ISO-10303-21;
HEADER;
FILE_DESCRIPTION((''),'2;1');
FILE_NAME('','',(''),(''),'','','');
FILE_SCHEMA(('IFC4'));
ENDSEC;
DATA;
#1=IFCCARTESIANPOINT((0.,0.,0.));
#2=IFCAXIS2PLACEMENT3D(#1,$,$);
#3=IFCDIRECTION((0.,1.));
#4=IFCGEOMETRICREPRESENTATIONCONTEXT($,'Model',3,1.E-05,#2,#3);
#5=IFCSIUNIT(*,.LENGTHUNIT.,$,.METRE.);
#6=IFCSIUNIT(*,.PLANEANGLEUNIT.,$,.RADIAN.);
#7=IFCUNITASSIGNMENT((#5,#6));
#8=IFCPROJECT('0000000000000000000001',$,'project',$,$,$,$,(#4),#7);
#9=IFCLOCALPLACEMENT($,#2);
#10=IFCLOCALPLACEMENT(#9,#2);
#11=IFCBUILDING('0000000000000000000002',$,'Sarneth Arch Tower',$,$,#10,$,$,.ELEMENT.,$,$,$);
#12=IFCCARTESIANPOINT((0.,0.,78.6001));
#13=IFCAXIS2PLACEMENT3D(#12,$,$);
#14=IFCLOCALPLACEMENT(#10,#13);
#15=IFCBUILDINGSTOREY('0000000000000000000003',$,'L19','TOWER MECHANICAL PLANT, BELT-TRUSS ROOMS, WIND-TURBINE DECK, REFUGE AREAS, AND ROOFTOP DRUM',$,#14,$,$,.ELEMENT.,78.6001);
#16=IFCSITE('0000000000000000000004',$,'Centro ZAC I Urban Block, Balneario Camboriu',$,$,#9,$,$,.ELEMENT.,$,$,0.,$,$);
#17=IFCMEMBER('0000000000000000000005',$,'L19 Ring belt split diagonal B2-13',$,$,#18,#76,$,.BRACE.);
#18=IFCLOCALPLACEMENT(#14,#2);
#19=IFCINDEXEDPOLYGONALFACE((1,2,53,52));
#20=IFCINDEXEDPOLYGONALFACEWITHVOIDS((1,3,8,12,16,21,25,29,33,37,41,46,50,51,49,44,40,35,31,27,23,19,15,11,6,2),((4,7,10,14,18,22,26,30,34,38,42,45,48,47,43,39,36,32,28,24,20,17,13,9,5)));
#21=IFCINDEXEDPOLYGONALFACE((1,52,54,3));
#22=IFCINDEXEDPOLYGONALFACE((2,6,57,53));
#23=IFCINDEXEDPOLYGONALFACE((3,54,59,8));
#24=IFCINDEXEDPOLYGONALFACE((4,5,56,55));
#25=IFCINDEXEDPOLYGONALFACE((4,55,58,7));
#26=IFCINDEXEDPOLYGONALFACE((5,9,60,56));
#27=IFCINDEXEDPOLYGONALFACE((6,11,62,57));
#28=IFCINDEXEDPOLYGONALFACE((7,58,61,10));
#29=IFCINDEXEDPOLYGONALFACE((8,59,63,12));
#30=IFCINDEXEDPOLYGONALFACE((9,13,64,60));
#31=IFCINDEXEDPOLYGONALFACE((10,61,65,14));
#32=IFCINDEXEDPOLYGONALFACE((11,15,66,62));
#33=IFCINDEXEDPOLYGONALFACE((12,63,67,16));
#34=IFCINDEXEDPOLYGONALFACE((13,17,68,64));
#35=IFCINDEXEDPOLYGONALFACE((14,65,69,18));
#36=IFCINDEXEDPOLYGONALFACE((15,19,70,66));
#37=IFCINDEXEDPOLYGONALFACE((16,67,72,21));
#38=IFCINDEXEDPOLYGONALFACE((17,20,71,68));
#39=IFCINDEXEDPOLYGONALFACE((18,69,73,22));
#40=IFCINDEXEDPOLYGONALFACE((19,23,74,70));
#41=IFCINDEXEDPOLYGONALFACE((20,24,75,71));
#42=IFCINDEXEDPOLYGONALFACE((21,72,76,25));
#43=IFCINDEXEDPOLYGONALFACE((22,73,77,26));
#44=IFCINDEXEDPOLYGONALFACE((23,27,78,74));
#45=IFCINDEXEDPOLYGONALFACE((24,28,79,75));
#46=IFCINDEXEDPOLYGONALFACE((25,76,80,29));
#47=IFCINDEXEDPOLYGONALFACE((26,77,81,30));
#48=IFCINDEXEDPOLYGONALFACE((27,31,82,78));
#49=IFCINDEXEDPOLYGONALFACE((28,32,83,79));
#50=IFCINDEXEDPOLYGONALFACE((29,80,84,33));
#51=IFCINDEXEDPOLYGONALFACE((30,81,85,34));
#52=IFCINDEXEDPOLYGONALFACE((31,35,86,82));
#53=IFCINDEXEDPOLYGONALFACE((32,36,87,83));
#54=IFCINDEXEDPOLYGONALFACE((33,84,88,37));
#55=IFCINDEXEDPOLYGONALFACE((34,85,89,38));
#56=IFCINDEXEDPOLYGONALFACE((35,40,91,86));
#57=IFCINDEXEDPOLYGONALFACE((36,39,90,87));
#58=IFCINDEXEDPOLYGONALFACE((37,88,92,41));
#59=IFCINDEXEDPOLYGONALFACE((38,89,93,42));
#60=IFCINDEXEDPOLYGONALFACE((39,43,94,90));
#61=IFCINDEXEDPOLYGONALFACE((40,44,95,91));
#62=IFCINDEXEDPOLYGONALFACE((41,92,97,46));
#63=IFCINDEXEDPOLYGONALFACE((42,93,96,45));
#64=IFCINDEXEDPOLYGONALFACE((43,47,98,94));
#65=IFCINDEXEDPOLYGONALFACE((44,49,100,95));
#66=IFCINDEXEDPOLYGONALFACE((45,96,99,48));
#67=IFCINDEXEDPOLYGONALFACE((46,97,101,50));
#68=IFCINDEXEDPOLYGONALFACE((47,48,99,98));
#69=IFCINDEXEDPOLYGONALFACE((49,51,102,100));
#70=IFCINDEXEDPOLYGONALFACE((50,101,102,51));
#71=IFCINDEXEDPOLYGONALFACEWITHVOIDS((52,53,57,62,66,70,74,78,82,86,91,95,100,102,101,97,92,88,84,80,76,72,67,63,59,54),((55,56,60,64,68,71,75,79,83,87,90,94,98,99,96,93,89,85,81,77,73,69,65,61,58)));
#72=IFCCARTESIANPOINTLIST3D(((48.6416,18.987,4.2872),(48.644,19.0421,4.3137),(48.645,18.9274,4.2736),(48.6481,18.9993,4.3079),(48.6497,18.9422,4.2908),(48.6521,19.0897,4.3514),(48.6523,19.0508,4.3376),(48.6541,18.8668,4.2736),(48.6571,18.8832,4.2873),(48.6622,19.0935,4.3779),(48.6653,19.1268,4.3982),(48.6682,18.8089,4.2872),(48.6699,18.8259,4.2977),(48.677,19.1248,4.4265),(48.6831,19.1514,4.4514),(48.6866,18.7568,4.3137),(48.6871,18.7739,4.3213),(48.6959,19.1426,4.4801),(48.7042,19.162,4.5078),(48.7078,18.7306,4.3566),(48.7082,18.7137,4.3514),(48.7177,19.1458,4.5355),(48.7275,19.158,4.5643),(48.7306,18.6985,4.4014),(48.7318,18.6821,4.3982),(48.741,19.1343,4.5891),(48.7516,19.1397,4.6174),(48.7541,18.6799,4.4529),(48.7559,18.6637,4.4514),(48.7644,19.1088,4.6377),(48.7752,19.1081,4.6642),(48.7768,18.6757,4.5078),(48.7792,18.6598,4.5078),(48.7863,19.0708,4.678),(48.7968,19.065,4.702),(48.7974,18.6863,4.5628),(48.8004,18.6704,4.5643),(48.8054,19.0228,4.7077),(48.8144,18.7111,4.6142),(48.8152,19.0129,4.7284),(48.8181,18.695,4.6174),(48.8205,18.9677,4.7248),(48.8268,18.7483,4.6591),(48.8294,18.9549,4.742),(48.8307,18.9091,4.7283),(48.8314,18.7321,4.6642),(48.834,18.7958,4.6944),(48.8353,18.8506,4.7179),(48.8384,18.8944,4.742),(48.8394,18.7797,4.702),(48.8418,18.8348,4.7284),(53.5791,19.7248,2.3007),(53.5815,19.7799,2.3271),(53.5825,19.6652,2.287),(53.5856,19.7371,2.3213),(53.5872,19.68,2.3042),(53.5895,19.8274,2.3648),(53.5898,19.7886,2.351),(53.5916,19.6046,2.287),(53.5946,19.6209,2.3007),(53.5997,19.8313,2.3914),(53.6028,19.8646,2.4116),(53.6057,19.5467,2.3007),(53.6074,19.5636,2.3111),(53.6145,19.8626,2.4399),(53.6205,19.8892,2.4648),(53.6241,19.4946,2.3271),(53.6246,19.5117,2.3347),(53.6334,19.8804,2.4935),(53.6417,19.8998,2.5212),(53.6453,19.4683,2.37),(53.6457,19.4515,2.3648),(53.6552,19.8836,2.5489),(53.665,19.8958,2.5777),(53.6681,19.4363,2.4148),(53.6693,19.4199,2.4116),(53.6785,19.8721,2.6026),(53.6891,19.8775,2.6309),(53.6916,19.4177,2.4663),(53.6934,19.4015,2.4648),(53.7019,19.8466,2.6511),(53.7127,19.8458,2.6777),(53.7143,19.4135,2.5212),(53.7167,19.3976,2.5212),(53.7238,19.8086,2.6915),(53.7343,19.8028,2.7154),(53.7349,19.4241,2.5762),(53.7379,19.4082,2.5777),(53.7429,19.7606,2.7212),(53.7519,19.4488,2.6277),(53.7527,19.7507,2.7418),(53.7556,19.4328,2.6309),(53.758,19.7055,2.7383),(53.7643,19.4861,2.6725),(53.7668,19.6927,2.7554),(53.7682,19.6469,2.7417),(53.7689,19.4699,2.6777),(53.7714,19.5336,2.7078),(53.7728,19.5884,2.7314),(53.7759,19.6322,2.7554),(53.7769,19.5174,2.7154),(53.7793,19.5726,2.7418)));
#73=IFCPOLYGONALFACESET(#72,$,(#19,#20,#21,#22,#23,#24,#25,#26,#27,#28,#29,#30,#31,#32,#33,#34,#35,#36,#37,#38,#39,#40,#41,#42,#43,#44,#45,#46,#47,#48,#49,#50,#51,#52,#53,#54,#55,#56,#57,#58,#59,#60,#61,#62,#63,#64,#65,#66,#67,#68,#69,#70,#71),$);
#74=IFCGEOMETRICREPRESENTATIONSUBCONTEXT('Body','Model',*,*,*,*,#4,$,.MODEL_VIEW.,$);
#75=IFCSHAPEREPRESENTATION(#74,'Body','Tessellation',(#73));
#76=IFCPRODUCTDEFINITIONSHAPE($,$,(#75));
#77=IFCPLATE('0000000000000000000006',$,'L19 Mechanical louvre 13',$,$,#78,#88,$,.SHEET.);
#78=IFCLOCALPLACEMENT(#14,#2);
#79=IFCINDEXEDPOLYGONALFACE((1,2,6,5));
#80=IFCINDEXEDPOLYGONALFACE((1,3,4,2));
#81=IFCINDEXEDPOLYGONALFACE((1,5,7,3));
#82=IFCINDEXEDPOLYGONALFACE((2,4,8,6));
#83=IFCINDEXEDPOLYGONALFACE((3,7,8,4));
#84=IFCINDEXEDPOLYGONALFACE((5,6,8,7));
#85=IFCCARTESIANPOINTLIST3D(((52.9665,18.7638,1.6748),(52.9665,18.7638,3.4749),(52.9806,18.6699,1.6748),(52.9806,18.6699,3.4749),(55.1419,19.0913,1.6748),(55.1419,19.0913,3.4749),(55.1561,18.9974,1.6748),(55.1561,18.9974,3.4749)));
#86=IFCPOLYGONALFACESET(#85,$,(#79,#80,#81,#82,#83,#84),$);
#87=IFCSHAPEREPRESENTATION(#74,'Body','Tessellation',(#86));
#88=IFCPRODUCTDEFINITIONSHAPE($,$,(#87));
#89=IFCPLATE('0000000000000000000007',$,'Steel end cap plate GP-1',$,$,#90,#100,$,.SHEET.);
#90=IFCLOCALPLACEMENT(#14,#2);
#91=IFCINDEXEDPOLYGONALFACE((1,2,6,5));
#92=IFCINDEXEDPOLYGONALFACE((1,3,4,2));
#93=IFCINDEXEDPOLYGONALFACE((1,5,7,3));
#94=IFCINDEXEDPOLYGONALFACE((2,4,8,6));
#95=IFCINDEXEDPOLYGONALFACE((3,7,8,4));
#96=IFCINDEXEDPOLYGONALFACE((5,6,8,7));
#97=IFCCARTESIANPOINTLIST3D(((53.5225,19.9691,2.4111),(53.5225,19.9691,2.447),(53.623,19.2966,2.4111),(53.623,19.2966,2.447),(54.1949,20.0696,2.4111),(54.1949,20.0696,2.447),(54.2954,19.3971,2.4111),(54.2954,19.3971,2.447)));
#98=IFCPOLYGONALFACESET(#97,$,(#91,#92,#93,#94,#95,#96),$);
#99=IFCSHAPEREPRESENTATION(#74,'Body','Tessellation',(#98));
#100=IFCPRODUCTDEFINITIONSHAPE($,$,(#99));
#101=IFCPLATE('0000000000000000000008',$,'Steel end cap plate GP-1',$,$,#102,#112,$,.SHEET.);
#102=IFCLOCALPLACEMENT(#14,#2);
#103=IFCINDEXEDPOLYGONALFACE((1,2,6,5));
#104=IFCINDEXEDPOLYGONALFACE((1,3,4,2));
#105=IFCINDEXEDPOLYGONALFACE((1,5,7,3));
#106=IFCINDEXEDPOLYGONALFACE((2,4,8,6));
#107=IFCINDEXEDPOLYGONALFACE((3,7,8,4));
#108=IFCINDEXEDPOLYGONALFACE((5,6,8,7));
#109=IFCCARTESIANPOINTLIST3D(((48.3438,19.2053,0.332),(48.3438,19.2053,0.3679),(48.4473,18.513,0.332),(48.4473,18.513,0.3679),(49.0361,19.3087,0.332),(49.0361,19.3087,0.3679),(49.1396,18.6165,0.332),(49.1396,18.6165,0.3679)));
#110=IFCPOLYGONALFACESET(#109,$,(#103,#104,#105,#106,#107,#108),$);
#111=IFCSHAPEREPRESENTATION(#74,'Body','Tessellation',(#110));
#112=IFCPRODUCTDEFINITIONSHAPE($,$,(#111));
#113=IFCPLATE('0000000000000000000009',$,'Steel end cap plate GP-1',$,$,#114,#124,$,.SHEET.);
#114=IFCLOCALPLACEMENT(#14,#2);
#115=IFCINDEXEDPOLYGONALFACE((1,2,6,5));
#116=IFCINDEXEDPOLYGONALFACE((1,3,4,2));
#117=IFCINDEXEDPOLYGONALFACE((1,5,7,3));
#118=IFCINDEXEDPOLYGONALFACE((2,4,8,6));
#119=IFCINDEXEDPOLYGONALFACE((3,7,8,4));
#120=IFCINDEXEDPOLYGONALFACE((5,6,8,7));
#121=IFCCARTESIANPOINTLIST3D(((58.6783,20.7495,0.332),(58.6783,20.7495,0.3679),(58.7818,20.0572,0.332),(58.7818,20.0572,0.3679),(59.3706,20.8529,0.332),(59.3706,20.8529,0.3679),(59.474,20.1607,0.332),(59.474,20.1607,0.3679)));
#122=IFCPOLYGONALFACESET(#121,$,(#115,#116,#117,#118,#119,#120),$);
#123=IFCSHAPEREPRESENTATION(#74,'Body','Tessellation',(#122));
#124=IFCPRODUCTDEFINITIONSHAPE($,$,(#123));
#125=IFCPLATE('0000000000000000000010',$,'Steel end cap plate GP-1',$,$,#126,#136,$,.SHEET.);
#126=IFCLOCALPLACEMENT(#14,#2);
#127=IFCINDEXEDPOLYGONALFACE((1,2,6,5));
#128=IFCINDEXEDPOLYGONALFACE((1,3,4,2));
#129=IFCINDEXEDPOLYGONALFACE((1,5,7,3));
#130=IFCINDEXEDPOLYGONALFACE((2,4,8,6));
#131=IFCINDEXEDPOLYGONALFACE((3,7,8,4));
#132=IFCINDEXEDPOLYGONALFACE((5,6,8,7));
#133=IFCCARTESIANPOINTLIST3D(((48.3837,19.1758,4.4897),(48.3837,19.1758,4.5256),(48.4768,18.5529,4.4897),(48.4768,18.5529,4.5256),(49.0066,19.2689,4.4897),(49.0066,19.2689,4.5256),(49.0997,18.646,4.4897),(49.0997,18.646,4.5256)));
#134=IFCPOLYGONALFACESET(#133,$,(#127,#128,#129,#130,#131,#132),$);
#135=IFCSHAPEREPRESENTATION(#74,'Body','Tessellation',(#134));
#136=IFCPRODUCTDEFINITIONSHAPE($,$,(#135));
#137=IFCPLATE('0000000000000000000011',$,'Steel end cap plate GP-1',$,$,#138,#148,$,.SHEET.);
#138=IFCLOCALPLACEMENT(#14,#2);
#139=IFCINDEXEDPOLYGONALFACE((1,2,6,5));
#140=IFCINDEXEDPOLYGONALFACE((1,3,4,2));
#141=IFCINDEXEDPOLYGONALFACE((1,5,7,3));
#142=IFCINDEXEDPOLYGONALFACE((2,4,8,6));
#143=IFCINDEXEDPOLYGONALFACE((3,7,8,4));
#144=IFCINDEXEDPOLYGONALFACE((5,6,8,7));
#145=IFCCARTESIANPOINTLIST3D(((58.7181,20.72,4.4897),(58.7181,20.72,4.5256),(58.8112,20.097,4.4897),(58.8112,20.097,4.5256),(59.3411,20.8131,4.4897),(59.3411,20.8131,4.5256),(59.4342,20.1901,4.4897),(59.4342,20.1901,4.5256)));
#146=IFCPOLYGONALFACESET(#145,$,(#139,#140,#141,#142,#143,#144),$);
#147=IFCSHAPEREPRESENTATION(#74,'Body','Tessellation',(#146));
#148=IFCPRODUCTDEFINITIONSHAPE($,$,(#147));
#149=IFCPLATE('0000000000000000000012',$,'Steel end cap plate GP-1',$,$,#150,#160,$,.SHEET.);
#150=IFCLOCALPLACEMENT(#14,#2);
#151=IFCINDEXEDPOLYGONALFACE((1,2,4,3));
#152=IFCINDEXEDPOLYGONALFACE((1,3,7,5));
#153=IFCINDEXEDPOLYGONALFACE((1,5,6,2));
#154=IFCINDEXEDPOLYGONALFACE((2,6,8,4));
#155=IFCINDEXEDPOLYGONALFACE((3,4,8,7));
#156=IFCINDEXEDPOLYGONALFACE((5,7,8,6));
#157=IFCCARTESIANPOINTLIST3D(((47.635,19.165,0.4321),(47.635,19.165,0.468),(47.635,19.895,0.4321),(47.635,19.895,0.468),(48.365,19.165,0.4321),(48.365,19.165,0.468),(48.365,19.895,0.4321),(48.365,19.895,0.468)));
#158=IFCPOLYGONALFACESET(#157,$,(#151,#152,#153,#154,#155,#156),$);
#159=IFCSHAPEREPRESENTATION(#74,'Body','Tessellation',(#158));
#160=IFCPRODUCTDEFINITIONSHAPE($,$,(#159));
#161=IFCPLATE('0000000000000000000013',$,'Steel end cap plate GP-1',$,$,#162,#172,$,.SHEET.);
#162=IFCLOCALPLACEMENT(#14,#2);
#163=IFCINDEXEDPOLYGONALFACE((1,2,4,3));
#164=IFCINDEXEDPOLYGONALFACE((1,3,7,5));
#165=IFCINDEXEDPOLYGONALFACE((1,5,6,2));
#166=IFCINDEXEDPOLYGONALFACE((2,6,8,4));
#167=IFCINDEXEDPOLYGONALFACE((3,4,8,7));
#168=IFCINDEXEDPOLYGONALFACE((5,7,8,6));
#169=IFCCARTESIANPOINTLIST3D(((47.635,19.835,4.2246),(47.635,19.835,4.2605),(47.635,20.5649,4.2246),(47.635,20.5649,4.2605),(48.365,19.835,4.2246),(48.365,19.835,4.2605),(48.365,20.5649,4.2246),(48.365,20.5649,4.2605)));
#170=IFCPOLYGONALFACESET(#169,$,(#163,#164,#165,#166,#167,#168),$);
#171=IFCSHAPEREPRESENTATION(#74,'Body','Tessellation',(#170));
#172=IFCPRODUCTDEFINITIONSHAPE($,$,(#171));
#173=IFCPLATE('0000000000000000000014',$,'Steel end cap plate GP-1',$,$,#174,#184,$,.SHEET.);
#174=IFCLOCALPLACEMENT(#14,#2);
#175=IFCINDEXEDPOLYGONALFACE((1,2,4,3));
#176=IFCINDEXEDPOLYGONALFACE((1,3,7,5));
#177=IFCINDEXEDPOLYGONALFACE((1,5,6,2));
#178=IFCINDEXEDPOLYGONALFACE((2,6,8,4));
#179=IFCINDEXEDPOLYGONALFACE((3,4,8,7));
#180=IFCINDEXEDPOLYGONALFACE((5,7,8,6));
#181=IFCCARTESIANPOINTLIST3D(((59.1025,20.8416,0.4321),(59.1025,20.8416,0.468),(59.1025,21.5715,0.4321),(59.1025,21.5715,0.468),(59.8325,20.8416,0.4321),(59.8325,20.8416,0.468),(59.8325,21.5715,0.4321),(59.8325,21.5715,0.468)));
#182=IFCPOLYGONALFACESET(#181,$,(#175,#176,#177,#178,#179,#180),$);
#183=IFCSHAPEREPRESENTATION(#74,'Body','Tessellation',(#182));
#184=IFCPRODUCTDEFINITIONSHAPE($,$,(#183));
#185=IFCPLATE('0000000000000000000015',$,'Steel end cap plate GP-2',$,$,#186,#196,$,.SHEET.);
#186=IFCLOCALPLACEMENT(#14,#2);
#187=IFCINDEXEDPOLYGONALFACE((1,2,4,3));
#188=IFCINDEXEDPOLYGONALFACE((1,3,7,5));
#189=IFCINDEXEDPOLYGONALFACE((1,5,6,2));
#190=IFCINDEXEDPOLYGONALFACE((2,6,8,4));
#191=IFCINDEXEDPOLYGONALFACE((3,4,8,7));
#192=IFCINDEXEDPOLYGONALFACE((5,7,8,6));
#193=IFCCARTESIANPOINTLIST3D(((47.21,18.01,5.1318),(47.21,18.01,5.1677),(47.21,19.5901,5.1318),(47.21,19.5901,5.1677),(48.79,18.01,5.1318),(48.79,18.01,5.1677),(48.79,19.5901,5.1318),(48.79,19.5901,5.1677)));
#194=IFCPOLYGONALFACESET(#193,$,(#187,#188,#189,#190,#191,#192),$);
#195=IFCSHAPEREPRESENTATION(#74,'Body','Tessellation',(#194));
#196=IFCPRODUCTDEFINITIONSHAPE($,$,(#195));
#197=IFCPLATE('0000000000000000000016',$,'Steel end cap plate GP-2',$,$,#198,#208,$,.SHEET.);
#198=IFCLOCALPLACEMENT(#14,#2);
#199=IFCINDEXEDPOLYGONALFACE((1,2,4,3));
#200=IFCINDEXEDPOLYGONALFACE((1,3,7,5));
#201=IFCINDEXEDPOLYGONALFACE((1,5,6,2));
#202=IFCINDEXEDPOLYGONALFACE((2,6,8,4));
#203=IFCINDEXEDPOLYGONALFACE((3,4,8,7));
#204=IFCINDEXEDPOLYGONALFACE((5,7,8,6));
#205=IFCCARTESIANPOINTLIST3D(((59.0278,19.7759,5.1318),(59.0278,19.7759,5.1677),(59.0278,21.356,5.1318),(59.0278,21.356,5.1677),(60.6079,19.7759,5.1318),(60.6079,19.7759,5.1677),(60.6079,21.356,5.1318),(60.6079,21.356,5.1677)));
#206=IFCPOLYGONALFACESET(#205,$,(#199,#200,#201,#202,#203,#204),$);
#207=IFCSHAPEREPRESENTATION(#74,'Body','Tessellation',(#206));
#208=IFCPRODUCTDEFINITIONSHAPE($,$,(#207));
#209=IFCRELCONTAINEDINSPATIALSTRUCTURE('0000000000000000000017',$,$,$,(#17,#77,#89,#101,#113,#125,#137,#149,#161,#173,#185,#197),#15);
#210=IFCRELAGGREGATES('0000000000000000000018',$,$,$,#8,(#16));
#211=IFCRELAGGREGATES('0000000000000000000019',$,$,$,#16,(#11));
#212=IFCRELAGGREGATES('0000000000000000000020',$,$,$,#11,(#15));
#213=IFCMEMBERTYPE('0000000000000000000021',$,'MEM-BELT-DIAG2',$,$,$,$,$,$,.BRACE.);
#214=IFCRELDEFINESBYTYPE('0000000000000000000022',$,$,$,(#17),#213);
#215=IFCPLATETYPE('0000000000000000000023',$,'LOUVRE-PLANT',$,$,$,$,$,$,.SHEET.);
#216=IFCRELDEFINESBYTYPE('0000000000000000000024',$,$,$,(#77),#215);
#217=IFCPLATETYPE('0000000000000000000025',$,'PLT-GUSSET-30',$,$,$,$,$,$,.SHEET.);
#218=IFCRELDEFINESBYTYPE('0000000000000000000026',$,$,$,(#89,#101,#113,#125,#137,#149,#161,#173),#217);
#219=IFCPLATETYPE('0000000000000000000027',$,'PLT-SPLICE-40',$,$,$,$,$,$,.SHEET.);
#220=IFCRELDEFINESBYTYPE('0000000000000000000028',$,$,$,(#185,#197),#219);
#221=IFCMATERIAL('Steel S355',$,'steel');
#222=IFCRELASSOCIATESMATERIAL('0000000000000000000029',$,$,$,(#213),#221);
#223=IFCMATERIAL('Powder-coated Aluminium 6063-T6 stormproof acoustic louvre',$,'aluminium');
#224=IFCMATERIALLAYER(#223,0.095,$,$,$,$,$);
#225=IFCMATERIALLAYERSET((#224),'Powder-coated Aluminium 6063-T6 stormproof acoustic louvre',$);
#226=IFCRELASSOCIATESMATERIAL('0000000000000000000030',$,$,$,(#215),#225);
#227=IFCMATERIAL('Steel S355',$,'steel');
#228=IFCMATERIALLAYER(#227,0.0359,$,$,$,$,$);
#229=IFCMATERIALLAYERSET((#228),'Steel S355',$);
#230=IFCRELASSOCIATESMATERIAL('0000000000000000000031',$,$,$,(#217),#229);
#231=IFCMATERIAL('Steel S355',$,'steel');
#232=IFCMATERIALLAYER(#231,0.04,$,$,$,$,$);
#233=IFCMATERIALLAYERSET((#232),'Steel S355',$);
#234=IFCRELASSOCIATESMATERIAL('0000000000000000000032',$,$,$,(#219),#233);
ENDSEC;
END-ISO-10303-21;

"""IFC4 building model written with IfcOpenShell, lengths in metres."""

from ifc_helpers import new_model, si_unit, direction, frame, origin, origin_2d, place, context, subcontext, project, spatial, rectangle, hollow_circle, extrude, material, layer, layer_set, material_profile, profile_set, type_object, element, save


model = new_model("IFC4")

# Units and contexts
model_context = context("Model", 3, precision=1e-05, world=origin(), true_north=direction((0.0, 1.0)))
body_context = subcontext(model_context, "Body", "Model", "MODEL_VIEW")
ifc_project = project(units=[si_unit("LENGTHUNIT", "METRE"), si_unit("PLANEANGLEUNIT", "RADIAN")], contexts=[model_context])

# Site, building, storey
site_placement = place(None, origin())
site = spatial("IfcSite", under=ifc_project, at=site_placement, Name="Centro ZAC I Urban Block, Balneario Camboriu", CompositionType="ELEMENT", RefElevation=0.0)
building_placement = place(site_placement, origin())
building = spatial("IfcBuilding", under=site, at=building_placement, Name="Sarneth Arch Tower", CompositionType="ELEMENT")
storey_placement = place(building_placement, frame((0.0, 0.0, 78.6001)))
storey = spatial("IfcBuildingStorey", under=building, at=storey_placement, Name="L19", Description="TOWER MECHANICAL PLANT, BELT-TRUSS ROOMS, WIND-TURBINE DECK, REFUGE AREAS, AND ROOFTOP DRUM", CompositionType="ELEMENT", Elevation=78.6001)

# Member
ifc_material_1 = material(Name="Steel S355", Category="steel")
ifc_material_profile_1 = material_profile(ifc_material_1, hollow_circle(Radius=0.2539, WallThickness=0.0161, at=origin_2d()), Name="CHS508x16")
ifc_profile_set_1 = profile_set([ifc_material_profile_1], Name="Steel S355")
member_type_1 = type_object("IfcMemberType", Name="MEM-BELT-DIAG2", PredefinedType="BRACE", material=ifc_profile_set_1)
for number, where, z_axis, x_axis, name in (
    (1, (53.6792, 19.6487, 2.5212), (-0.918937, -0.137314, 0.369729), (0.147786, -0.989019, 0.0), "L19 Ring belt split diagonal B2-13"),
):
    element("IfcMember", number, at=place(storey_placement, frame(where, z_axis=z_axis, x_axis=x_axis)), inside=storey, type_object=member_type_1, Name=name, PredefinedType="BRACE", context=body_context, shape_type="SweptSolid", body=[
        extrude(hollow_circle(Radius=0.2539, WallThickness=0.0161, at=origin_2d()), origin(), (0.0, 0.0, 1.0), 5.373),
    ])

# Plates
ifc_material_2 = material(Name="Powder-coated Aluminium 6063-T6 stormproof acoustic louvre", Category="aluminium")
ifc_layer_1 = layer(ifc_material_2, 0.095)
ifc_layer_set_1 = layer_set([ifc_layer_1], Name="Powder-coated Aluminium 6063-T6 stormproof acoustic louvre")
plate_type_1 = type_object("IfcPlateType", Name="LOUVRE-PLANT", PredefinedType="SHEET", material=ifc_layer_set_1)
plate_1_placement = place(storey_placement, frame((54.0613, 18.8806, 1.6748), z_axis=(0.0, 0.0, 1.0), x_axis=(0.988861, 0.148845, 0.0)))
element("IfcPlate", 2, at=plate_1_placement, inside=storey, type_object=plate_type_1, Name="L19 Mechanical louvre 13", PredefinedType="SHEET", context=body_context, shape_type="SweptSolid", body=[
    extrude(rectangle(XDim=2.2, YDim=0.095, at=origin_2d()), origin(), (0.0, 0.0, 1.0), 1.8),
])
ifc_material_3 = material(Name="Steel S355", Category="steel")
ifc_layer_2 = layer(ifc_material_3, 0.0359)
ifc_layer_set_2 = layer_set([ifc_layer_2], Name="Steel S355")
plate_type_2 = type_object("IfcPlateType", Name="PLT-GUSSET-30", PredefinedType="SHEET", material=ifc_layer_set_2)
plate_2_placement = place(storey_placement, frame((53.9089, 19.6831, 2.4111), z_axis=(0.0, 0.0, 1.0), x_axis=(0.989016, 0.147809, 0.0)))
element("IfcPlate", 3, at=plate_2_placement, inside=storey, type_object=plate_type_2, Name="Steel end cap plate GP-1", PredefinedType="SHEET", context=body_context, shape_type="SweptSolid", body=[
    extrude(rectangle(XDim=0.6799, YDim=0.6799, at=origin_2d()), origin(), (0.0, 0.0, 1.0), 0.0359),
])
for number, where, z_axis, x_axis, name in (
    (4, (48.7417, 18.9109, 0.332), (0.0, 0.0, 1.0), (-0.989016, -0.147809, 0.0), "Steel end cap plate GP-1"),
    (5, (59.0762, 20.4551, 0.332), (0.0, 0.0, 1.0), (0.989016, 0.147809, 0.0), "Steel end cap plate GP-1"),
):
    element("IfcPlate", number, at=place(storey_placement, frame(where, z_axis=z_axis, x_axis=x_axis)), inside=storey, type_object=plate_type_2, Name=name, PredefinedType="SHEET", context=body_context, shape_type="SweptSolid", body=[
        extrude(rectangle(XDim=0.7, YDim=0.7, at=origin_2d()), origin(), (0.0, 0.0, 1.0), 0.0359),
    ])
for number, where, z_axis, x_axis, name in (
    (6, (48.7417, 18.9109, 4.4897), (0.0, 0.0, 1.0), (-0.989016, -0.147809, 0.0), "Steel end cap plate GP-1"),
    (7, (59.0762, 20.4551, 4.4897), (0.0, 0.0, 1.0), (0.989016, 0.147809, 0.0), "Steel end cap plate GP-1"),
):
    element("IfcPlate", number, at=place(storey_placement, frame(where, z_axis=z_axis, x_axis=x_axis)), inside=storey, type_object=plate_type_2, Name=name, PredefinedType="SHEET", context=body_context, shape_type="SweptSolid", body=[
        extrude(rectangle(XDim=0.6299, YDim=0.6299, at=origin_2d()), origin(), (0.0, 0.0, 1.0), 0.0359),
    ])
for number, where, z_axis, x_axis, name in (
    (8, (48.0, 19.53, 0.4321), (0.0, 0.0, 1.0), (1.0, 0.0, 0.0), "Steel end cap plate GP-1"),
    (9, (48.0, 20.2, 4.2246), (0.0, 0.0, 1.0), (1.0, 0.0, 0.0), "Steel end cap plate GP-1"),
    (10, (59.4675, 21.2065, 0.4321), (0.0, 0.0, 1.0), (1.0, 0.0, 0.0), "Steel end cap plate GP-1"),
):
    element("IfcPlate", number, at=place(storey_placement, frame(where, z_axis=z_axis, x_axis=x_axis)), inside=storey, type_object=plate_type_2, Name=name, PredefinedType="SHEET", context=body_context, shape_type="SweptSolid", body=[
        extrude(rectangle(XDim=0.73, YDim=0.73, at=origin_2d()), origin(), (0.0, 0.0, 1.0), 0.0359),
    ])
ifc_material_4 = material(Name="Steel S355", Category="steel")
ifc_layer_3 = layer(ifc_material_4, 0.04)
ifc_layer_set_3 = layer_set([ifc_layer_3], Name="Steel S355")
plate_type_3 = type_object("IfcPlateType", Name="PLT-SPLICE-40", PredefinedType="SHEET", material=ifc_layer_set_3)
for number, where, z_axis, x_axis, name in (
    (11, (48.0, 18.8, 5.1318), (0.0, 0.0, 1.0), (1.0, 0.0, 0.0), "Steel end cap plate GP-2"),
    (12, (59.8179, 20.5659, 5.1318), (0.0, 0.0, 1.0), (1.0, 0.0, 0.0), "Steel end cap plate GP-2"),
):
    element("IfcPlate", number, at=place(storey_placement, frame(where, z_axis=z_axis, x_axis=x_axis)), inside=storey, type_object=plate_type_3, Name=name, PredefinedType="SHEET", context=body_context, shape_type="SweptSolid", body=[
        extrude(rectangle(XDim=1.5801, YDim=1.5801, at=origin_2d()), origin(), (0.0, 0.0, 1.0), 0.0359),
    ])

save(model, "model.ifc")
